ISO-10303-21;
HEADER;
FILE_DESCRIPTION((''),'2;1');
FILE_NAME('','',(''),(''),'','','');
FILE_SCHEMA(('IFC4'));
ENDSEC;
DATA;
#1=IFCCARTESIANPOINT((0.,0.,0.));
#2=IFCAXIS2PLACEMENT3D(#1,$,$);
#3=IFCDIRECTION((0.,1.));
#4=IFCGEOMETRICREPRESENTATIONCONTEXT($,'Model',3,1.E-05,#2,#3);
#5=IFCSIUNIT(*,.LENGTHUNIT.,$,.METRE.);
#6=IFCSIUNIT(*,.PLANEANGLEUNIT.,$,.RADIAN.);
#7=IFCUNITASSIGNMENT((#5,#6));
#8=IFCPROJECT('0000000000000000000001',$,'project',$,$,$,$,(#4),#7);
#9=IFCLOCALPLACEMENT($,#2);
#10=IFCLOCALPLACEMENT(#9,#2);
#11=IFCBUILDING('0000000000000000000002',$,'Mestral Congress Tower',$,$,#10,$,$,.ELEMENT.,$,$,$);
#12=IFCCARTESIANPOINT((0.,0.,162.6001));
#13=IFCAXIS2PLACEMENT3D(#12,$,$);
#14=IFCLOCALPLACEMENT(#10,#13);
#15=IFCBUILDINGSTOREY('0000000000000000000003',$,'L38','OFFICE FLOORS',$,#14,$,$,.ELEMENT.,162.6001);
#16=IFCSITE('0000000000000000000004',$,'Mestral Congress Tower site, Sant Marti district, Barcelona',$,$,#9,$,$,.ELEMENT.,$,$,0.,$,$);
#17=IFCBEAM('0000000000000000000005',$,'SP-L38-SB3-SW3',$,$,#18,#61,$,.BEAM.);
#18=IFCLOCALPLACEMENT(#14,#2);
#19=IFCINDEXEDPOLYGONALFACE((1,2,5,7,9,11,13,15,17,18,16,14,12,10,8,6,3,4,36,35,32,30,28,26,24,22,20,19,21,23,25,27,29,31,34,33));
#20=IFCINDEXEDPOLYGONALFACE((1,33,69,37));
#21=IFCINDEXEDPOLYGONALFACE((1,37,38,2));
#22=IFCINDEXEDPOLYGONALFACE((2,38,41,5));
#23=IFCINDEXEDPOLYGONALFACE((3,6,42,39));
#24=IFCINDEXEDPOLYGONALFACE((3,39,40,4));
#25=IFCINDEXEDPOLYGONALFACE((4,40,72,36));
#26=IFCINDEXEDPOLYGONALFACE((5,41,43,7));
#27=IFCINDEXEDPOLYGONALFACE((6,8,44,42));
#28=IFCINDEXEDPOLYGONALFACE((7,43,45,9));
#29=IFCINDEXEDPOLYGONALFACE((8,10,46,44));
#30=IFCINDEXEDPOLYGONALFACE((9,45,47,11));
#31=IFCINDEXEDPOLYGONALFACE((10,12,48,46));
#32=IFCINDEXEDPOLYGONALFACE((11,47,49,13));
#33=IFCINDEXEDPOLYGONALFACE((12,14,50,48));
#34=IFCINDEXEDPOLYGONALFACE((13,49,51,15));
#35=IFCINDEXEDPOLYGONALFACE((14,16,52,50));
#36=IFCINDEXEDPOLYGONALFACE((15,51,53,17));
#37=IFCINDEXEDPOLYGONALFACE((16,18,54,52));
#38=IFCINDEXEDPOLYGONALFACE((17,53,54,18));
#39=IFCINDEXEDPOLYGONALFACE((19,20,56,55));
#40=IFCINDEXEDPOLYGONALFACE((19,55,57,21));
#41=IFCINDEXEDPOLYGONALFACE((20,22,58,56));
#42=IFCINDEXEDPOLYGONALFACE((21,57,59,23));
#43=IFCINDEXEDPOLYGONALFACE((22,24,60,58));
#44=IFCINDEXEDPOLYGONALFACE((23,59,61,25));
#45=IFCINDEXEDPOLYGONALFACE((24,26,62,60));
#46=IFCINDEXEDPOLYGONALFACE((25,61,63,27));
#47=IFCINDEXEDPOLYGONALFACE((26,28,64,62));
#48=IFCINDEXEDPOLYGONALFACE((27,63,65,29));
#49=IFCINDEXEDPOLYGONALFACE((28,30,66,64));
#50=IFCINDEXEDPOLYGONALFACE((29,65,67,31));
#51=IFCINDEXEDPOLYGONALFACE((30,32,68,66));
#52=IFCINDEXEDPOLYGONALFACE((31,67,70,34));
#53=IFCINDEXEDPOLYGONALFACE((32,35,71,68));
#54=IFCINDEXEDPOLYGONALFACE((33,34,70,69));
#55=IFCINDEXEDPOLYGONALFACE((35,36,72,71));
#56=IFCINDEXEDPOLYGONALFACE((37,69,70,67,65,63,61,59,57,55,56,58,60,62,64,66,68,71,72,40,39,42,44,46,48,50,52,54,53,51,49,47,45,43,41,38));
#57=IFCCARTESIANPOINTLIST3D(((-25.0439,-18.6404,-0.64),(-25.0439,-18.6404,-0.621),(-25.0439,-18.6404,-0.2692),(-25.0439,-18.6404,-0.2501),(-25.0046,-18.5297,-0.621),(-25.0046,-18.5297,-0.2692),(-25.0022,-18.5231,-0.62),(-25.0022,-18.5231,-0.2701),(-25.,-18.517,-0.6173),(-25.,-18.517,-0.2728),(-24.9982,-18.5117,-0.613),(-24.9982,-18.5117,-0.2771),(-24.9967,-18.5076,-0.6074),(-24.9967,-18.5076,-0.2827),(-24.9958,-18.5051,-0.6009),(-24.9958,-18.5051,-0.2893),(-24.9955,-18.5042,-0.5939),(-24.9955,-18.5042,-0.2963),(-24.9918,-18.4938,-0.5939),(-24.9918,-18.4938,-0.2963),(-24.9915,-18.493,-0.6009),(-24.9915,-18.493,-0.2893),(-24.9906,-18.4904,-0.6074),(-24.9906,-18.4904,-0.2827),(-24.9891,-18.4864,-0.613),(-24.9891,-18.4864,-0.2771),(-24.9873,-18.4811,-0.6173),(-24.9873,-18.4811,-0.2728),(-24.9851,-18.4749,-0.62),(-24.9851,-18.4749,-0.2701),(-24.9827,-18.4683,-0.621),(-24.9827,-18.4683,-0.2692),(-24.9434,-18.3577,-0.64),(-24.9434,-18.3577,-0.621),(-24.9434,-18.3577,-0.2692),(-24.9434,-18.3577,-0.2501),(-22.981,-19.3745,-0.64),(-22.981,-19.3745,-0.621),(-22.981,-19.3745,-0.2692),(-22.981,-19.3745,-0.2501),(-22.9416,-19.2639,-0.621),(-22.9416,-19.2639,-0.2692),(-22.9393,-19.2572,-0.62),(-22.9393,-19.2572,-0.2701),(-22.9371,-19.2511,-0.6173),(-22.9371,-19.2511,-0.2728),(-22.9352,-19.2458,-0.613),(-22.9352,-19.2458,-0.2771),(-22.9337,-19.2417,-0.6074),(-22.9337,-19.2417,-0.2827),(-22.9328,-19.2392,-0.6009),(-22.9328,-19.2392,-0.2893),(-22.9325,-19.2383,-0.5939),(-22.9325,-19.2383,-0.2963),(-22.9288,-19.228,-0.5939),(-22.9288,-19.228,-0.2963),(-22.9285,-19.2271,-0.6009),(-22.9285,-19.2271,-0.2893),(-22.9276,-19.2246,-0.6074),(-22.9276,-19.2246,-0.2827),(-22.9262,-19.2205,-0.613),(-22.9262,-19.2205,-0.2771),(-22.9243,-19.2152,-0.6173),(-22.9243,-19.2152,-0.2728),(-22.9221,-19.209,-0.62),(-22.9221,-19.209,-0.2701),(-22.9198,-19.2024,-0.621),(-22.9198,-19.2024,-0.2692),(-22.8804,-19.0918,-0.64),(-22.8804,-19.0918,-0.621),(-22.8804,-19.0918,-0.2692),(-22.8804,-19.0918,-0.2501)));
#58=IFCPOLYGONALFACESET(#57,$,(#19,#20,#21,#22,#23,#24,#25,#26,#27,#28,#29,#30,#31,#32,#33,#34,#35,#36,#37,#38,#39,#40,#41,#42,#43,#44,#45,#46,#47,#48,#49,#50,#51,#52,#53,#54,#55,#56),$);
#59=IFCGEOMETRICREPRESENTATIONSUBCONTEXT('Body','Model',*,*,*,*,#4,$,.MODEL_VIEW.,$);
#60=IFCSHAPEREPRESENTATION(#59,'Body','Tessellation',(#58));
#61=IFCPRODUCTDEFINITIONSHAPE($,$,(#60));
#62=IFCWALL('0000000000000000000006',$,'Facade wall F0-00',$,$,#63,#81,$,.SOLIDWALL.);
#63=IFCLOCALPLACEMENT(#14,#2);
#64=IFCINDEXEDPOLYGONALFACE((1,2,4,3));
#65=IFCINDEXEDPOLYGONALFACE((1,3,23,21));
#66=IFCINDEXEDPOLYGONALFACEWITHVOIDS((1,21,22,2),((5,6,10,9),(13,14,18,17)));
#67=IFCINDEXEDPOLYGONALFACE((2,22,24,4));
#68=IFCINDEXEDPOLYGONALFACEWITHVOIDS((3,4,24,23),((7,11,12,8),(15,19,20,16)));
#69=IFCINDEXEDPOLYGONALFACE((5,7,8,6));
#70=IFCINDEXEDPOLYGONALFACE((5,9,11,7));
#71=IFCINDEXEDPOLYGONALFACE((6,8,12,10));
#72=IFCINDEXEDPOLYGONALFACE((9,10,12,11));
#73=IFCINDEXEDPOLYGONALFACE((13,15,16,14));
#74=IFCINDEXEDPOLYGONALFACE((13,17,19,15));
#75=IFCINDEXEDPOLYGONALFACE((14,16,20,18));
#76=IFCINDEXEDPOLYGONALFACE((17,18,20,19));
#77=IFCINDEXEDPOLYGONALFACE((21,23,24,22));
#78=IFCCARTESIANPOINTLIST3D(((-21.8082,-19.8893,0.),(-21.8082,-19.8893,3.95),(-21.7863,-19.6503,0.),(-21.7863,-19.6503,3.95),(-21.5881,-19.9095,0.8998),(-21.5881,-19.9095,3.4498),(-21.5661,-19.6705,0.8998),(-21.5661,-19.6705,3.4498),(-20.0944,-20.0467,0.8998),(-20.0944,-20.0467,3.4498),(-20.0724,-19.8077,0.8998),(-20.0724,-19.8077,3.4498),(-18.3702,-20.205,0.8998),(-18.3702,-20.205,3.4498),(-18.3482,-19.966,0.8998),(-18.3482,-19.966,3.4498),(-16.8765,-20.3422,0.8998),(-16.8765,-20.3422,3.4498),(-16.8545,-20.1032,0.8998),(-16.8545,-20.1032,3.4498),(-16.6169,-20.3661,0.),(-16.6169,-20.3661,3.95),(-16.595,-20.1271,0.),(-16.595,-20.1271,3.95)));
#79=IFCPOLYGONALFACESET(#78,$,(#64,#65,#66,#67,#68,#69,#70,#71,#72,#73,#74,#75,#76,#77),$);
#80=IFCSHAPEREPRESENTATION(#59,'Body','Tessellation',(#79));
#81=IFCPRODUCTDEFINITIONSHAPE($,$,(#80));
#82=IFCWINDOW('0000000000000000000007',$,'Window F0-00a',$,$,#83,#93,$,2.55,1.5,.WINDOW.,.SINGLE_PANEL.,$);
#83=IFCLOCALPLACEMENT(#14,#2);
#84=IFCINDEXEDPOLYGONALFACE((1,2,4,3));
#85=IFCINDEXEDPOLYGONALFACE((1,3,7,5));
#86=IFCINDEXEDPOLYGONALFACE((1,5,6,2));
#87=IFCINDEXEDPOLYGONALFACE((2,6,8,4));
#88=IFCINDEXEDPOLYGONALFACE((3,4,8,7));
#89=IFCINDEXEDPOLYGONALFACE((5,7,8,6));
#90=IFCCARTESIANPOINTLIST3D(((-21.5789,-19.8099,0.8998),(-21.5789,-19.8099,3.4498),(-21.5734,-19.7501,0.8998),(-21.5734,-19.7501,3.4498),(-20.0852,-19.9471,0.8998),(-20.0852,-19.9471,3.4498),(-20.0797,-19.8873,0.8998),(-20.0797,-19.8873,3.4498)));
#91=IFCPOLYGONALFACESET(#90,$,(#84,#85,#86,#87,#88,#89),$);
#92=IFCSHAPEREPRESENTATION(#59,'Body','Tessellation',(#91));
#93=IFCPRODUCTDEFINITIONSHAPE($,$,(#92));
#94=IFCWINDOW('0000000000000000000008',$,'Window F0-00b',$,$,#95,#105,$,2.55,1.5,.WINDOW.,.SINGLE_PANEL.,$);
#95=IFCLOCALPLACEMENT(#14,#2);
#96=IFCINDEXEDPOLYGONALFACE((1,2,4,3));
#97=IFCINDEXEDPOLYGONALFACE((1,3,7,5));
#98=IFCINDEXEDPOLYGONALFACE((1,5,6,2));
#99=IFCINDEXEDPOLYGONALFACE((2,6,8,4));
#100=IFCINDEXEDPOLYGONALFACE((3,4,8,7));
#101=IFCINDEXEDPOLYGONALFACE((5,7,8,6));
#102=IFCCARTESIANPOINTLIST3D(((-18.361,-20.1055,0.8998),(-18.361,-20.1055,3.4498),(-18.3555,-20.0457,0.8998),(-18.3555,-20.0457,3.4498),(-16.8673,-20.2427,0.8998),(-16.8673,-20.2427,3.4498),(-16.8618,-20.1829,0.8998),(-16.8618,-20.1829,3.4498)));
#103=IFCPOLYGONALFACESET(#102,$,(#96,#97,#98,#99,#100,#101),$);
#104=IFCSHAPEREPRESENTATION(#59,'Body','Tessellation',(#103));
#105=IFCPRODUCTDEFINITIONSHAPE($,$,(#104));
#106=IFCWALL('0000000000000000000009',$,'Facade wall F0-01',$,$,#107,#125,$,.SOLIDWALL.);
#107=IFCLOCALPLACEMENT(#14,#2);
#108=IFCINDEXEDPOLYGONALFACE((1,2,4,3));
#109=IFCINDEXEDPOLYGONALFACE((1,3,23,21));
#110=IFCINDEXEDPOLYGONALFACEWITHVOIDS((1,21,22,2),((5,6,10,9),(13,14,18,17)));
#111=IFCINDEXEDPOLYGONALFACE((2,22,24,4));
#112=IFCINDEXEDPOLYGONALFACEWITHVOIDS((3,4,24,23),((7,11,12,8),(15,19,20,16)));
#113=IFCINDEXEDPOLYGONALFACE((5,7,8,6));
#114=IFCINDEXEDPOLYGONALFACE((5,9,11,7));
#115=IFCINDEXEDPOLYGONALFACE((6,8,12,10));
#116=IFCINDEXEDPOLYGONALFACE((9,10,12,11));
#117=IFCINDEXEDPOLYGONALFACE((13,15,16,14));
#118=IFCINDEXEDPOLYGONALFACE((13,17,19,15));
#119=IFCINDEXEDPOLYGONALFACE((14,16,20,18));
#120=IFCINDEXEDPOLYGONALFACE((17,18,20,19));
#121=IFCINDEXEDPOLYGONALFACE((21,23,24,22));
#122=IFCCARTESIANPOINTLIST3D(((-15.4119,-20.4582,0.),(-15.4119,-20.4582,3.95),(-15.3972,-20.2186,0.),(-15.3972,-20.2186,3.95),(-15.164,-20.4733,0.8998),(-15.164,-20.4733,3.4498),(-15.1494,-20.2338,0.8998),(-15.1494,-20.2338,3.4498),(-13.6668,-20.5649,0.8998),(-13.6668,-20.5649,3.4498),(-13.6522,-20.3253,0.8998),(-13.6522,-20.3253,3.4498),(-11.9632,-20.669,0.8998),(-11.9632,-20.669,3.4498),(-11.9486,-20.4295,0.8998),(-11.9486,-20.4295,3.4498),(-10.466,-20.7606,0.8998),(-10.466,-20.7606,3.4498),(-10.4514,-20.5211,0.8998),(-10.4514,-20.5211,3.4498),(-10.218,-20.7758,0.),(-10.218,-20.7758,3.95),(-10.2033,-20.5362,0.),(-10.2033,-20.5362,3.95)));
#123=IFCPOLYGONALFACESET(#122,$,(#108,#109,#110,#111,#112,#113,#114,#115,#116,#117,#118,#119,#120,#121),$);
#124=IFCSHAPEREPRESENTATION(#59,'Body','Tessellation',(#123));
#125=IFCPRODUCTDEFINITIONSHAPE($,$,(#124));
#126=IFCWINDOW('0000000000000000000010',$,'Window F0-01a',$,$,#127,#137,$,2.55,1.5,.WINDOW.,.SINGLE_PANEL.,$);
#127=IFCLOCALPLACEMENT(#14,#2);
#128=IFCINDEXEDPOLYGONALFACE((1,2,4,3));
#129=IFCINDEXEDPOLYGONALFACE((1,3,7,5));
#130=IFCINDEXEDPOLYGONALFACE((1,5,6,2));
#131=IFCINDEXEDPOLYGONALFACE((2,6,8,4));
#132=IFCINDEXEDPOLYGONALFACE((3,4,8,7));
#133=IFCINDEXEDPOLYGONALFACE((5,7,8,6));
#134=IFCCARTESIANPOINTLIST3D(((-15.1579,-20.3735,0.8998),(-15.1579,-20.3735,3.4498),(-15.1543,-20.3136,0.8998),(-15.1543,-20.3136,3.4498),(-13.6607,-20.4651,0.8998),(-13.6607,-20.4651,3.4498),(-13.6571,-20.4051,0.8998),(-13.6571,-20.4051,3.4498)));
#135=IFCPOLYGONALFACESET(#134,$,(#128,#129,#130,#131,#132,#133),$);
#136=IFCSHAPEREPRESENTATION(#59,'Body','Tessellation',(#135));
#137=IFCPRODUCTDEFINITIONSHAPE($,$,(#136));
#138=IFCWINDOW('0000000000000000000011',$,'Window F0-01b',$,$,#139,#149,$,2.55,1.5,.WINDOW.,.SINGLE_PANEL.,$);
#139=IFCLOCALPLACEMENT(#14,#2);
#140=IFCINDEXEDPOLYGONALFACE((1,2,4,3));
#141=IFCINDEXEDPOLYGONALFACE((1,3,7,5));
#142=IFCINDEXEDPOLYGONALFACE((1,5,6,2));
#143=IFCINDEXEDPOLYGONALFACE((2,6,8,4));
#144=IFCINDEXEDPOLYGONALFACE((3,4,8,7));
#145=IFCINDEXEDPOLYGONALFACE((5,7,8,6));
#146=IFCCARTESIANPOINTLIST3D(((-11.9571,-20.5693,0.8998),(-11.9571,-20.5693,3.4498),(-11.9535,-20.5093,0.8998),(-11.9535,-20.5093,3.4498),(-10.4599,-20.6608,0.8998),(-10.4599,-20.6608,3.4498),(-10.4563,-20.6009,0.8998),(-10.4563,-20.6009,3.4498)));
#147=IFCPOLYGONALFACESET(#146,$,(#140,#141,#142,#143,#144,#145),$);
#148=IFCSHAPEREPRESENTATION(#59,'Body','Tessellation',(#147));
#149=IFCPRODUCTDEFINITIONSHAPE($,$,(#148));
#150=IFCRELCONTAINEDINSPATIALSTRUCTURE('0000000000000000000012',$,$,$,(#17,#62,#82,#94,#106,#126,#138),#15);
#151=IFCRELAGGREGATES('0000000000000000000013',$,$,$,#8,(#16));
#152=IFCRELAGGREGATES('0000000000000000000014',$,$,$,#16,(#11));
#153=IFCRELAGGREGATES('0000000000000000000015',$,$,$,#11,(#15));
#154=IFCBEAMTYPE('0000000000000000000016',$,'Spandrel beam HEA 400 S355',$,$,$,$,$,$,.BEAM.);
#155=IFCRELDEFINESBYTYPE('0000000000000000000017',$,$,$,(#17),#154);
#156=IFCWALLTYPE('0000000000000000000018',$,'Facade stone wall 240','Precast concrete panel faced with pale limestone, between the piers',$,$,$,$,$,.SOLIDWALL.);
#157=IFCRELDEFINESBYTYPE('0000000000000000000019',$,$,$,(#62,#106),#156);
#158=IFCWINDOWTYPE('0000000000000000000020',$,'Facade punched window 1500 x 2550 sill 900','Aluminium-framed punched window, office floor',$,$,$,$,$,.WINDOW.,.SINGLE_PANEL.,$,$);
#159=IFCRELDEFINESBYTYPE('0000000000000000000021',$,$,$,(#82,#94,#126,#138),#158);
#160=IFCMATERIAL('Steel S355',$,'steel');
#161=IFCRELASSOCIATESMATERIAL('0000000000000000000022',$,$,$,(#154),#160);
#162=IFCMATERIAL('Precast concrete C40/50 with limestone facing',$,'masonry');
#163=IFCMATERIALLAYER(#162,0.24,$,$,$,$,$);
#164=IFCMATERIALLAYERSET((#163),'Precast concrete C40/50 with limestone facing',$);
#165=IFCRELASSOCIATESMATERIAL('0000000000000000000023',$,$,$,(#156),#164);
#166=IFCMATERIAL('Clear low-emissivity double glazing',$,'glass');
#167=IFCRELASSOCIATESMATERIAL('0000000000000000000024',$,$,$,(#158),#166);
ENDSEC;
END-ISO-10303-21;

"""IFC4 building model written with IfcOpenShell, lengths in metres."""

from ifc_helpers import new_model, si_unit, direction, frame, frame_2d, origin, origin_2d, place, context, subcontext, project, spatial, rectangle, i_section, extrude, material, layer, layer_set, material_profile, profile_set, type_object, element, fill, save


model = new_model("IFC4")

# Units and contexts
model_context = context("Model", 3, precision=1e-05, world=origin(), true_north=direction((0.0, 1.0)))
body_context = subcontext(model_context, "Body", "Model", "MODEL_VIEW")
ifc_project = project(units=[si_unit("LENGTHUNIT", "METRE"), si_unit("PLANEANGLEUNIT", "RADIAN")], contexts=[model_context])

# Site, building, storey
site_placement = place(None, origin())
site = spatial("IfcSite", under=ifc_project, at=site_placement, Name="Mestral Congress Tower site, Sant Marti district, Barcelona", CompositionType="ELEMENT", RefElevation=0.0)
building_placement = place(site_placement, origin())
building = spatial("IfcBuilding", under=site, at=building_placement, Name="Mestral Congress Tower", CompositionType="ELEMENT")
storey_placement = place(building_placement, frame((0.0, 0.0, 162.6001)))
storey = spatial("IfcBuildingStorey", under=building, at=storey_placement, Name="L38", Description="OFFICE FLOORS", CompositionType="ELEMENT", Elevation=162.6001)

# Beam
ifc_material_1 = material(Name="Steel S355", Category="steel")
ifc_material_profile_1 = material_profile(ifc_material_1, i_section(OverallWidth=0.3, OverallDepth=0.3899, WebThickness=0.011, FlangeThickness=0.019, FilletRadius=0.0271, at=origin_2d()), Name="HEA 400")
ifc_profile_set_1 = profile_set([ifc_material_profile_1], Name="Steel S355")
beam_type_1 = type_object("IfcBeamType", Name="Spandrel beam HEA 400 S355", PredefinedType="BEAM", material=ifc_profile_set_1)
beam_1_placement = place(storey_placement, frame((-24.9937, -18.499, -0.4451), z_axis=(0.942125, -0.335263, 0.0), x_axis=(0.335263, 0.942125, 0.0)))
element("IfcBeam", 1, at=beam_1_placement, inside=storey, type_object=beam_type_1, Name="SP-L38-SB3-SW3", PredefinedType="BEAM", context=body_context, shape_type="SweptSolid", body=[
    extrude(i_section(OverallWidth=0.3, OverallDepth=0.3899, WebThickness=0.011, FlangeThickness=0.019, FilletRadius=0.0271, at=origin_2d()), origin(), (0.0, 0.0, 1.0), 2.1897),
])

# Walls, openings, windows
ifc_material_2 = material(Name="Precast concrete C40/50 with limestone facing", Category="masonry")
ifc_layer_1 = layer(ifc_material_2, 0.24)
ifc_layer_set_1 = layer_set([ifc_layer_1], Name="Precast concrete C40/50 with limestone facing")
wall_type_1 = type_object("IfcWallType", Name="Facade stone wall 240", Description="Precast concrete panel faced with pale limestone, between the piers", PredefinedType="SOLIDWALL", material=ifc_layer_set_1)
wall_1_placement = place(storey_placement, frame((-21.7971, -19.7698, 0.0), z_axis=(0.0, 0.0, 1.0), x_axis=(0.995809, -0.09146, 0.0)))
wall_1 = element("IfcWall", 2, at=wall_1_placement, inside=storey, type_object=wall_type_1, Name="Facade wall F0-00", PredefinedType="SOLIDWALL", context=body_context, shape_type="SweptSolid", body=[
    extrude(rectangle(XDim=5.2131, YDim=0.24, at=frame_2d((2.6064, 0.0))), origin(), (0.0, 0.0, 1.0), 3.95),
])
opening_1_placement = place(wall_1_placement, frame((0.2209, 0.0, 0.8999)))
opening_1 = element("IfcOpeningElement", 3, at=opening_1_placement, cuts=wall_1, PredefinedType="OPENING", context=body_context, shape_type="SweptSolid", body=[
    extrude(rectangle(XDim=1.5, YDim=2.55, at=frame_2d((0.75, 1.2749))), frame((0.0, 0.1299, 0.0), z_axis=(0.0, -1.0, 0.0), x_axis=(1.0, 0.0, 0.0)), (0.0, 0.0, 1.0), 0.26),
])
opening_2_placement = place(wall_1_placement, frame((3.4524, 0.0, 0.8999)))
opening_2 = element("IfcOpeningElement", 4, at=opening_2_placement, cuts=wall_1, PredefinedType="OPENING", context=body_context, shape_type="SweptSolid", body=[
    extrude(rectangle(XDim=1.5, YDim=2.55, at=frame_2d((0.75, 1.2749))), frame((0.0, 0.1299, 0.0), z_axis=(0.0, -1.0, 0.0), x_axis=(1.0, 0.0, 0.0)), (0.0, 0.0, 1.0), 0.26),
])
ifc_material_3 = material(Name="Clear low-emissivity double glazing", Category="glass")
window_type_1 = type_object("IfcWindowType", Name="Facade punched window 1500 x 2550 sill 900", Description="Aluminium-framed punched window, office floor", PartitioningType="SINGLE_PANEL", PredefinedType="WINDOW", material=ifc_material_3)
window_1_placement = place(opening_1_placement, origin())
window_1 = element("IfcWindow", 5, at=window_1_placement, inside=storey, type_object=window_type_1, Name="Window F0-00a", OverallHeight=2.55, OverallWidth=1.5, PartitioningType="SINGLE_PANEL", PredefinedType="WINDOW", context=body_context, shape_type="SweptSolid", body=[
    extrude(rectangle(XDim=1.5, YDim=2.55, at=frame_2d((0.75, 1.2749))), frame((0.0, 0.04, 0.0), z_axis=(0.0, -1.0, 0.0), x_axis=(1.0, 0.0, 0.0)), (0.0, 0.0, 1.0), 0.0601),
])
fill(opening_1, window_1)
window_2_placement = place(opening_2_placement, origin())
window_2 = element("IfcWindow", 6, at=window_2_placement, inside=storey, type_object=window_type_1, Name="Window F0-00b", OverallHeight=2.55, OverallWidth=1.5, PartitioningType="SINGLE_PANEL", PredefinedType="WINDOW", context=body_context, shape_type="SweptSolid", body=[
    extrude(rectangle(XDim=1.5, YDim=2.55, at=frame_2d((0.75, 1.2749))), frame((0.0, 0.04, 0.0), z_axis=(0.0, -1.0, 0.0), x_axis=(1.0, 0.0, 0.0)), (0.0, 0.0, 1.0), 0.0601),
])
fill(opening_2, window_2)
wall_2_placement = place(storey_placement, frame((-15.4045, -20.3384, 0.0), z_axis=(0.0, 0.0, 1.0), x_axis=(0.998135, -0.06104, 0.0)))
wall_2 = element("IfcWall", 7, at=wall_2_placement, inside=storey, type_object=wall_type_1, Name="Facade wall F0-01", PredefinedType="SOLIDWALL", context=body_context, shape_type="SweptSolid", body=[
    extrude(rectangle(XDim=5.2036, YDim=0.24, at=frame_2d((2.6018, 0.0))), origin(), (0.0, 0.0, 1.0), 3.95),
])
opening_3_placement = place(wall_2_placement, frame((0.2483, 0.0, 0.8999)))
opening_3 = element("IfcOpeningElement", 8, at=opening_3_placement, cuts=wall_2, PredefinedType="OPENING", context=body_context, shape_type="SweptSolid", body=[
    extrude(rectangle(XDim=1.5, YDim=2.55, at=frame_2d((0.75, 1.2749))), frame((0.0, 0.1299, 0.0), z_axis=(0.0, -1.0, 0.0), x_axis=(1.0, 0.0, 0.0)), (0.0, 0.0, 1.0), 0.26),
])
opening_4_placement = place(wall_2_placement, frame((3.4551, 0.0, 0.8999)))
opening_4 = element("IfcOpeningElement", 9, at=opening_4_placement, cuts=wall_2, PredefinedType="OPENING", context=body_context, shape_type="SweptSolid", body=[
    extrude(rectangle(XDim=1.5, YDim=2.55, at=frame_2d((0.75, 1.2749))), frame((0.0, 0.1299, 0.0), z_axis=(0.0, -1.0, 0.0), x_axis=(1.0, 0.0, 0.0)), (0.0, 0.0, 1.0), 0.26),
])
window_3_placement = place(opening_3_placement, origin())
window_3 = element("IfcWindow", 10, at=window_3_placement, inside=storey, type_object=window_type_1, Name="Window F0-01a", OverallHeight=2.55, OverallWidth=1.5, PartitioningType="SINGLE_PANEL", PredefinedType="WINDOW", context=body_context, shape_type="SweptSolid", body=[
    extrude(rectangle(XDim=1.5, YDim=2.55, at=frame_2d((0.75, 1.2749))), frame((0.0, 0.04, 0.0), z_axis=(0.0, -1.0, 0.0), x_axis=(1.0, 0.0, 0.0)), (0.0, 0.0, 1.0), 0.0601),
])
fill(opening_3, window_3)
window_4_placement = place(opening_4_placement, origin())
window_4 = element("IfcWindow", 11, at=window_4_placement, inside=storey, type_object=window_type_1, Name="Window F0-01b", OverallHeight=2.55, OverallWidth=1.5, PartitioningType="SINGLE_PANEL", PredefinedType="WINDOW", context=body_context, shape_type="SweptSolid", body=[
    extrude(rectangle(XDim=1.5, YDim=2.55, at=frame_2d((0.75, 1.2749))), frame((0.0, 0.04, 0.0), z_axis=(0.0, -1.0, 0.0), x_axis=(1.0, 0.0, 0.0)), (0.0, 0.0, 1.0), 0.0601),
])
fill(opening_4, window_4)

save(model, "model.ifc")
